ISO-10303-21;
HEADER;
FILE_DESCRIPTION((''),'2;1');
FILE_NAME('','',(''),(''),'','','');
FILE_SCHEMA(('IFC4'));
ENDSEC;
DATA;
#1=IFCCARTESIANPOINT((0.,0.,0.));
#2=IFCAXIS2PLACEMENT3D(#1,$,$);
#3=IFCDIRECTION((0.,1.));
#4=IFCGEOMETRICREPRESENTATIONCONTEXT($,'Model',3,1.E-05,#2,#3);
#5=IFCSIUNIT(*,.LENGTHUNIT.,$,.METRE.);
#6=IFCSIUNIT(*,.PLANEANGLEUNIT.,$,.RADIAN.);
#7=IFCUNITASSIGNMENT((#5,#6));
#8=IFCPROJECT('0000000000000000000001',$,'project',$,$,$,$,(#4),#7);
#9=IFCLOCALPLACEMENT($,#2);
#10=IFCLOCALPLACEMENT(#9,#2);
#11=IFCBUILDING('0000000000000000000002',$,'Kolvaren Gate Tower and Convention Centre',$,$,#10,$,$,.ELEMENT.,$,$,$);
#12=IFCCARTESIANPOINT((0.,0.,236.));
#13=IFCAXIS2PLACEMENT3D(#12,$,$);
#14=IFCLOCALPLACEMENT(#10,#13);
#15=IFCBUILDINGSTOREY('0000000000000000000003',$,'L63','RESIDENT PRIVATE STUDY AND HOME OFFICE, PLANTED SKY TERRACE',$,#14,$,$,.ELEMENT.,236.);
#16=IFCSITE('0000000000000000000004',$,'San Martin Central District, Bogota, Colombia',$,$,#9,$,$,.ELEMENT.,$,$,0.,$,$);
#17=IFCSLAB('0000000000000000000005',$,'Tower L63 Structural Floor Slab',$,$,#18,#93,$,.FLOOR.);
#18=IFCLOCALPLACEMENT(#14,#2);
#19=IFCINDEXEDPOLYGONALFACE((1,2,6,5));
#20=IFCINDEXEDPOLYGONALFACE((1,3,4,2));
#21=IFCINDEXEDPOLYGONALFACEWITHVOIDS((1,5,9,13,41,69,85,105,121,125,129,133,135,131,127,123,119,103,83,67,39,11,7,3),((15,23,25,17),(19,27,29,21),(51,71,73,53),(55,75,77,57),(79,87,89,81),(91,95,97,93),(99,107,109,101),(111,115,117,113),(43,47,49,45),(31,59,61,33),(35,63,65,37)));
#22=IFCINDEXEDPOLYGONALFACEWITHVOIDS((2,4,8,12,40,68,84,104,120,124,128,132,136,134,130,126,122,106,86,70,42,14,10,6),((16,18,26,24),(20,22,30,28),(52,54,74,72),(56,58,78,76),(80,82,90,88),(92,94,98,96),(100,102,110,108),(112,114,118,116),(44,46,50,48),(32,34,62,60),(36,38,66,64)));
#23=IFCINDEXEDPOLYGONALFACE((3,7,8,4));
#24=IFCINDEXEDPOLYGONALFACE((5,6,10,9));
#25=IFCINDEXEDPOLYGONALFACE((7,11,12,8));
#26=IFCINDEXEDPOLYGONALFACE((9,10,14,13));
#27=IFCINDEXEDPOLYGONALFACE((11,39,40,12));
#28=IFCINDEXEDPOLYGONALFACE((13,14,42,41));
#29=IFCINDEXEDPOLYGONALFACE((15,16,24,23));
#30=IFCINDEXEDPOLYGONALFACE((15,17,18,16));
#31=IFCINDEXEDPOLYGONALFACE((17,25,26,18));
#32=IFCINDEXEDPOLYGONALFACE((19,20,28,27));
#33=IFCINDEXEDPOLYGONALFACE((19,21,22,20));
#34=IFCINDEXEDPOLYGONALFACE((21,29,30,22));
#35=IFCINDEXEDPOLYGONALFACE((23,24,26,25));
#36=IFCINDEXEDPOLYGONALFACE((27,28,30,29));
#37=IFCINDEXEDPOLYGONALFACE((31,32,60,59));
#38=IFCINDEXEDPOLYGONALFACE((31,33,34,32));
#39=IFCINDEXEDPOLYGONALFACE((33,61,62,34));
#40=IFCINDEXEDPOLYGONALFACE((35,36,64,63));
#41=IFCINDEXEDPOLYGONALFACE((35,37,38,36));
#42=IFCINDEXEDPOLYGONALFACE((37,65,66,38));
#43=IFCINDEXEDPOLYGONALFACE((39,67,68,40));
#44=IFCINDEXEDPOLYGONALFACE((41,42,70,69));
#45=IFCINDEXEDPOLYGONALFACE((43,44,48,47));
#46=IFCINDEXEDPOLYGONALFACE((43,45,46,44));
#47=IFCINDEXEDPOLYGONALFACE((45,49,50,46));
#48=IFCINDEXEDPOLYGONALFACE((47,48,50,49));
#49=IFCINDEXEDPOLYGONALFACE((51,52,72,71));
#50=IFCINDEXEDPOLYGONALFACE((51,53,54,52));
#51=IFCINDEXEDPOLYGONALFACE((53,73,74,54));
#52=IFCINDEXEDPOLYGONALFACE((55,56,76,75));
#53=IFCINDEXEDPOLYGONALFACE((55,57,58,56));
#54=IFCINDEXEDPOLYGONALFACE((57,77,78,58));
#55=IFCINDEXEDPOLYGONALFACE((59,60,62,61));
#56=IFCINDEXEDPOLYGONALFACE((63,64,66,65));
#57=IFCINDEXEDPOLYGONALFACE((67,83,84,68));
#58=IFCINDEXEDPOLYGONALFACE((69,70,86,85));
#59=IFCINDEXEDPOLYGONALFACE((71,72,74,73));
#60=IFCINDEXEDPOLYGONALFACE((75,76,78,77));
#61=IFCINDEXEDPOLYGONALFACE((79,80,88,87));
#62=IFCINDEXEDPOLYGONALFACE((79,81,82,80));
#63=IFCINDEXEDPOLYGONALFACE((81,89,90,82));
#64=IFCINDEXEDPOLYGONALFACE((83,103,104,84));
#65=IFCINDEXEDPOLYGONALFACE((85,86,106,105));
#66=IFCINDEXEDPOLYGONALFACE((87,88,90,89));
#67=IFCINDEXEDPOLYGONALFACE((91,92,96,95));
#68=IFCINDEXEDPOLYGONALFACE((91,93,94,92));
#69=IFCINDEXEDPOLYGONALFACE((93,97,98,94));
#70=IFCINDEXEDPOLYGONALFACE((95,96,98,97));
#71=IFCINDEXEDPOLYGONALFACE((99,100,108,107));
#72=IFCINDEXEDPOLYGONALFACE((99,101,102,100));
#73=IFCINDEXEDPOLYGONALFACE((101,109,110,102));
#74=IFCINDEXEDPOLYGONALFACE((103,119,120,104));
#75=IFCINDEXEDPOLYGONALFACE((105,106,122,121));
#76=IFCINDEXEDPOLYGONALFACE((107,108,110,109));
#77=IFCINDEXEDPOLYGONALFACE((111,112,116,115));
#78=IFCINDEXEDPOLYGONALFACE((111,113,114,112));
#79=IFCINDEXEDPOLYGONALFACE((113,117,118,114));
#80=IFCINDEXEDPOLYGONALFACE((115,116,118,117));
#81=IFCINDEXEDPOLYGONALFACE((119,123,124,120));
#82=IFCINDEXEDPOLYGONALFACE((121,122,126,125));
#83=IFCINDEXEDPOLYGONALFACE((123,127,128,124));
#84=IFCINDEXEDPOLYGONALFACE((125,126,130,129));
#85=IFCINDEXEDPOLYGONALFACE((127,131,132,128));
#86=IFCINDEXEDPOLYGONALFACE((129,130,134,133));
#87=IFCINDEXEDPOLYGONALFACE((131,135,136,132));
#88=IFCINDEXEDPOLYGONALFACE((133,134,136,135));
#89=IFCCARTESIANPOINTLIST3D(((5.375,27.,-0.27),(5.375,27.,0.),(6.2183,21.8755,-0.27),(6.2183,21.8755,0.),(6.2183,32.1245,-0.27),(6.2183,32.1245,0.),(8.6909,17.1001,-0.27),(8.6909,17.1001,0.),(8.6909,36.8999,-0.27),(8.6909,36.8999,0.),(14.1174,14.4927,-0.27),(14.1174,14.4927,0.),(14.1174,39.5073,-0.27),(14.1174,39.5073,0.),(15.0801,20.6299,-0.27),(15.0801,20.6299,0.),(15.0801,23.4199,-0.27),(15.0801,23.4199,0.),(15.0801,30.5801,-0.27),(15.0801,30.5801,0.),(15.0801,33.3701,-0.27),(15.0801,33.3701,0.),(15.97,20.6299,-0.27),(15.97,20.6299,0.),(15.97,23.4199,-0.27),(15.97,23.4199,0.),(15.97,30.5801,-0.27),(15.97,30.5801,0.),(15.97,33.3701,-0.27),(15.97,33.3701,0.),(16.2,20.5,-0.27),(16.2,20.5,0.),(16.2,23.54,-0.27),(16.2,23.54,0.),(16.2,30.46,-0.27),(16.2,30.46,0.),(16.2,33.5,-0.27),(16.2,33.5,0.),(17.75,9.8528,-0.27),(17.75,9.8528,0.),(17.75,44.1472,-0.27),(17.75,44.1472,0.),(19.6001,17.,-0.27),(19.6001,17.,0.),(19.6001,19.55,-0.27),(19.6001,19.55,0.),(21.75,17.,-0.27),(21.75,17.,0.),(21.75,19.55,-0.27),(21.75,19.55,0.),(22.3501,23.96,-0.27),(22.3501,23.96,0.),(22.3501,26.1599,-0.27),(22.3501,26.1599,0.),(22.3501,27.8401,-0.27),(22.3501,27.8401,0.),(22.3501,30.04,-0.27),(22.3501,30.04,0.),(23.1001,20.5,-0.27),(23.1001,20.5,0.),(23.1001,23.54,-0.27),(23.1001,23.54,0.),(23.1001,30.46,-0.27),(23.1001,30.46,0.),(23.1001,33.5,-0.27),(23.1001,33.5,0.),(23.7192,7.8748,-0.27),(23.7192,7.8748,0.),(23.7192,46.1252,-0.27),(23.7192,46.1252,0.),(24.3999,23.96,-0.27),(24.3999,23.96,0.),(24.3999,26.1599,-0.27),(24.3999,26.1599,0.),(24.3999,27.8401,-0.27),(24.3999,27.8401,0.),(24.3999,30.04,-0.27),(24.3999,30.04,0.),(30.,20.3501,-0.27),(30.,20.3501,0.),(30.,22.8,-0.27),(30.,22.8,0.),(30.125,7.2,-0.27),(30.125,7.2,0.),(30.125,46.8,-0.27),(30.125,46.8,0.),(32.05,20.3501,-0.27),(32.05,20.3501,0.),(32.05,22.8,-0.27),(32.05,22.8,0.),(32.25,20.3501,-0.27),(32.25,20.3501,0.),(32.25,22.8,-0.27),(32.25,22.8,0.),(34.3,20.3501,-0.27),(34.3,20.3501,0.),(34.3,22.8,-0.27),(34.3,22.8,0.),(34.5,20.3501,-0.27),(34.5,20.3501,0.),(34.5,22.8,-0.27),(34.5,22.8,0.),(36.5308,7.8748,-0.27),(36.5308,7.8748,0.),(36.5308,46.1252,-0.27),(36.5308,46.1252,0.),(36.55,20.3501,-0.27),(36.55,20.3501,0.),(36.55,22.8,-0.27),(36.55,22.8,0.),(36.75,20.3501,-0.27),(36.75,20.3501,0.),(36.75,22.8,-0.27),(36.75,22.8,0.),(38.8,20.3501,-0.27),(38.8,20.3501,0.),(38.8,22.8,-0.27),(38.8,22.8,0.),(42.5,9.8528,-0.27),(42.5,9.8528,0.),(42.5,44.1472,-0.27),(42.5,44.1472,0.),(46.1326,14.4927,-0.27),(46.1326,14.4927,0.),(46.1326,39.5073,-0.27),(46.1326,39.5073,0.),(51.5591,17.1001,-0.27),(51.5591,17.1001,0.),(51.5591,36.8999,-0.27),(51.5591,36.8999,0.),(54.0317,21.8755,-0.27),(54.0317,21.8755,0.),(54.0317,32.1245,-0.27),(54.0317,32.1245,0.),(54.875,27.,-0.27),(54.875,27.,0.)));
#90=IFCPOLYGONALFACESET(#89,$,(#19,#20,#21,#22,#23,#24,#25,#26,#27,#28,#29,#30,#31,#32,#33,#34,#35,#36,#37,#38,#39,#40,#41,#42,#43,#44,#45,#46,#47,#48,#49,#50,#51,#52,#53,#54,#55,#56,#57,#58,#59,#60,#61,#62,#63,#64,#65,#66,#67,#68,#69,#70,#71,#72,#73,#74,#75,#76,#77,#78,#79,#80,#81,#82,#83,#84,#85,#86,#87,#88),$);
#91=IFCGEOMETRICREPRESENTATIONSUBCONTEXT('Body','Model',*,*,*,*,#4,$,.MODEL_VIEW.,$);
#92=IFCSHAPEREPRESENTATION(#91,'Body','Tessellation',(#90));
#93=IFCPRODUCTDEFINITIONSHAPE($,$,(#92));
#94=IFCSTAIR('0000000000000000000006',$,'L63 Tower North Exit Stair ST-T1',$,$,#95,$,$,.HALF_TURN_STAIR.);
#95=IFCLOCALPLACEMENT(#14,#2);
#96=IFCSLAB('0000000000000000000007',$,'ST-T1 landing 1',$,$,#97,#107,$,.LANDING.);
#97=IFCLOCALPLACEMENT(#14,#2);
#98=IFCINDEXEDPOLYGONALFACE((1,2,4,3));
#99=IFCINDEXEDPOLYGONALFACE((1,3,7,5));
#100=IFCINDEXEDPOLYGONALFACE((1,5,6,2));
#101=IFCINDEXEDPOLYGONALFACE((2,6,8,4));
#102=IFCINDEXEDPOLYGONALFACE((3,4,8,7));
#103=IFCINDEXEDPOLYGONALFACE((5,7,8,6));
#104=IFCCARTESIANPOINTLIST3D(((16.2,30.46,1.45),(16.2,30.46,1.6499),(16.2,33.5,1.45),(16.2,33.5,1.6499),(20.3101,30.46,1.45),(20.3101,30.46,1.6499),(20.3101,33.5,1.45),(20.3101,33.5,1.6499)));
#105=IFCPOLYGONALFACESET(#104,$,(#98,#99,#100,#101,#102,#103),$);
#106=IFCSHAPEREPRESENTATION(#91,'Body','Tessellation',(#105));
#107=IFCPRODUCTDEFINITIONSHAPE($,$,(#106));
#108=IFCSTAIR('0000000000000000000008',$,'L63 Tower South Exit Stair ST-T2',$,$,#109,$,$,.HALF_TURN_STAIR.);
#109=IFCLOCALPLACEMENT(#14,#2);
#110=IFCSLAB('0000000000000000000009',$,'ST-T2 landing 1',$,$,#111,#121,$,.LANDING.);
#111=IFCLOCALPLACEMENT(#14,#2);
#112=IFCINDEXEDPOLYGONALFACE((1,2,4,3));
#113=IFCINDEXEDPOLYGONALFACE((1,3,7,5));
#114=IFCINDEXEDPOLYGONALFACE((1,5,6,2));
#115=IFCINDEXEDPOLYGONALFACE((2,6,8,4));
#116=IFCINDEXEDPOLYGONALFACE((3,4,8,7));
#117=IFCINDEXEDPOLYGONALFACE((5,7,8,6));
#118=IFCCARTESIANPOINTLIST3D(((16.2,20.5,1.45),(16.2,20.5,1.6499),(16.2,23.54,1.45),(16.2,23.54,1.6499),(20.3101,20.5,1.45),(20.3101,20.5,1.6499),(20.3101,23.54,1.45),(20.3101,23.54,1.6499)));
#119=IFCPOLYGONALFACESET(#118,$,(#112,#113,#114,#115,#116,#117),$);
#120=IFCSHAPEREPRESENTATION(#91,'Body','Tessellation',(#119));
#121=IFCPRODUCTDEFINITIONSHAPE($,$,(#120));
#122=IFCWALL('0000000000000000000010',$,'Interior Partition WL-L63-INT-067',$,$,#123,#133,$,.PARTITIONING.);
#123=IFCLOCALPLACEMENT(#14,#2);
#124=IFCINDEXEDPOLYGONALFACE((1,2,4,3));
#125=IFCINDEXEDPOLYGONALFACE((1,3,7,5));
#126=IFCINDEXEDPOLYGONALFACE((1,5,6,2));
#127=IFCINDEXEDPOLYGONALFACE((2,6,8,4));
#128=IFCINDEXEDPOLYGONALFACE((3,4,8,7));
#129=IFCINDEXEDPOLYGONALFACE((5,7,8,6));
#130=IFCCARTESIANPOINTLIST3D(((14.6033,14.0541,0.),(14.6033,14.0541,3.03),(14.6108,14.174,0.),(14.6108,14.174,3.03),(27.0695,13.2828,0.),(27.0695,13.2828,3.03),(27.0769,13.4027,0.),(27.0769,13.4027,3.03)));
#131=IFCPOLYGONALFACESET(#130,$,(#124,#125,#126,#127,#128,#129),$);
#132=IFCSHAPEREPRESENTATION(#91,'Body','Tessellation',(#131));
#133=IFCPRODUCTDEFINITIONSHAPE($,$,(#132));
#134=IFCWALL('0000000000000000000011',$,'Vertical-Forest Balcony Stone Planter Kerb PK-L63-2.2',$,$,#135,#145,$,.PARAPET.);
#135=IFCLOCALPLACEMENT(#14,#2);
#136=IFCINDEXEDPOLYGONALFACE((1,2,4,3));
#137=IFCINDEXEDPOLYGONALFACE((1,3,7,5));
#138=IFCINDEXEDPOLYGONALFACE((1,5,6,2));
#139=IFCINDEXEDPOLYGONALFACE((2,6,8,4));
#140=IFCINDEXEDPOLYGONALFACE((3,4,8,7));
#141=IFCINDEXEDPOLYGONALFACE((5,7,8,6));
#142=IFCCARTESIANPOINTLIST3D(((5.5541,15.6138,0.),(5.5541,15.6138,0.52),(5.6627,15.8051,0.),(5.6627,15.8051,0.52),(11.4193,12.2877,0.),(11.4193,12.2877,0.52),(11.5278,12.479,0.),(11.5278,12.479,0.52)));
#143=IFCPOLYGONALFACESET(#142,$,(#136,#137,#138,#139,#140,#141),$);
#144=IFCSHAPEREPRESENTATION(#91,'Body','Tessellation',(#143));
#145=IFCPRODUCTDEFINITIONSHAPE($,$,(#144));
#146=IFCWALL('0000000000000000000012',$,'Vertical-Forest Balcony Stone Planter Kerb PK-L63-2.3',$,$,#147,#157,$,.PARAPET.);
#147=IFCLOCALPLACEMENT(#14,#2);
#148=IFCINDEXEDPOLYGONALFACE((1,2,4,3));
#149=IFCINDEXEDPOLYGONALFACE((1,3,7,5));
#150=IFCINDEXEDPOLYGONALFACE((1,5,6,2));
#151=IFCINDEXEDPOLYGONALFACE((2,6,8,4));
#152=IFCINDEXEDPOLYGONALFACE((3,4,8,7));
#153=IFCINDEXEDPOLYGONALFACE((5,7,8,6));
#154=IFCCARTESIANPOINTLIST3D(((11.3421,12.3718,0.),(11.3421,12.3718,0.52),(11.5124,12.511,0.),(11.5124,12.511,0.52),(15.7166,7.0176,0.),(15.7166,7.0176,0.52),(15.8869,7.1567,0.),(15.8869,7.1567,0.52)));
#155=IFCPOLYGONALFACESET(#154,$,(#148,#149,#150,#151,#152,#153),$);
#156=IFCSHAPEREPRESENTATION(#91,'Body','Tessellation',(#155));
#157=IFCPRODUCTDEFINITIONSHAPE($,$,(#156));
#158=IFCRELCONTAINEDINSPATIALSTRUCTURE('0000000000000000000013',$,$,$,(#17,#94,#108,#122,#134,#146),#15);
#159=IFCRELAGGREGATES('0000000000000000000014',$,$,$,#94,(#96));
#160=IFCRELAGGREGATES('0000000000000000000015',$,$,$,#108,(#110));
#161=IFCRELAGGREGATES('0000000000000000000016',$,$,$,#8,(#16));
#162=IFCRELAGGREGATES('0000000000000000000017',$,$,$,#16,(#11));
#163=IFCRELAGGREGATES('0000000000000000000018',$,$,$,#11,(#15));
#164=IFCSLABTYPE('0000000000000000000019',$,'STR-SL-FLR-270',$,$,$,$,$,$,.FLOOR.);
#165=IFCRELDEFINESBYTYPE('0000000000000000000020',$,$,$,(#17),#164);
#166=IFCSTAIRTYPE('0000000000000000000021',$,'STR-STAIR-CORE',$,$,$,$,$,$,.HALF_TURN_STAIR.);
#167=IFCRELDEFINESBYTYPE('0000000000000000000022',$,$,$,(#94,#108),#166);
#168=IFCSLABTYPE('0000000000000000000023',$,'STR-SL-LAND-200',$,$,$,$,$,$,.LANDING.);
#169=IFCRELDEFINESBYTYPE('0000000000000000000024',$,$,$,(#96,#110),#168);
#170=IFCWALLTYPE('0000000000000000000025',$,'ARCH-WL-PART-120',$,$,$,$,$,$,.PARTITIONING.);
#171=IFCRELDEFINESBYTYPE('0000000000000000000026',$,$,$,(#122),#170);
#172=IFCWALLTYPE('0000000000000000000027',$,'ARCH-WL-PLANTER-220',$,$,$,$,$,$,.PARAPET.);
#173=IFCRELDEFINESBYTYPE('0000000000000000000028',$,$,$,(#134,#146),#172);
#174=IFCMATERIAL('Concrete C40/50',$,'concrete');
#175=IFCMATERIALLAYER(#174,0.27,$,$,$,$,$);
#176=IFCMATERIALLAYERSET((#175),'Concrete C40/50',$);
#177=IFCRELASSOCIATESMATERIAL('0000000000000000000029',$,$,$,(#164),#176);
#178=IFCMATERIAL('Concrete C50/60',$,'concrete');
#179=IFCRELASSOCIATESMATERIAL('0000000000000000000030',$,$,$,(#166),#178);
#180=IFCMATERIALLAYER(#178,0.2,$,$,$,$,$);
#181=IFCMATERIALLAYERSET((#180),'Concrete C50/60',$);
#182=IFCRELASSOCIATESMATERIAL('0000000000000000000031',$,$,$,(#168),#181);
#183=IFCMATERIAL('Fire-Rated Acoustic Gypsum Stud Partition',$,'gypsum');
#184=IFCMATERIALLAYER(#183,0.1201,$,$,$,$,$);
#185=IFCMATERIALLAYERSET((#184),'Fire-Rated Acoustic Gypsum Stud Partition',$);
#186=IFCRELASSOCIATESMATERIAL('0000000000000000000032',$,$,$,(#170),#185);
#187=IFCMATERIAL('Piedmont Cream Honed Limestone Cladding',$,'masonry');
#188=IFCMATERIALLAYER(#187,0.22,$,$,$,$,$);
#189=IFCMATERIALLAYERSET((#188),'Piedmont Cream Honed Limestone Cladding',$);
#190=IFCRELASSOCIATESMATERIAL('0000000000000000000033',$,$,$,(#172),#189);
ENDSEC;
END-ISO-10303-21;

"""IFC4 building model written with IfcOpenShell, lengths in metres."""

from ifc_helpers import new_model, si_unit, direction, frame, frame_2d, origin, place, context, subcontext, project, spatial, polyline, rectangle, outline, extrude, material, layer, layer_set, type_object, element, aggregate, save


model = new_model("IFC4")

# Units and contexts
model_context = context("Model", 3, precision=1e-05, world=origin(), true_north=direction((0.0, 1.0)))
body_context = subcontext(model_context, "Body", "Model", "MODEL_VIEW")
ifc_project = project(units=[si_unit("LENGTHUNIT", "METRE"), si_unit("PLANEANGLEUNIT", "RADIAN")], contexts=[model_context])

# Site, building, storey
site_placement = place(None, origin())
site = spatial("IfcSite", under=ifc_project, at=site_placement, Name="San Martin Central District, Bogota, Colombia", CompositionType="ELEMENT", RefElevation=0.0)
building_placement = place(site_placement, origin())
building = spatial("IfcBuilding", under=site, at=building_placement, Name="Kolvaren Gate Tower and Convention Centre", CompositionType="ELEMENT")
storey_placement = place(building_placement, frame((0.0, 0.0, 236.0)))
storey = spatial("IfcBuildingStorey", under=building, at=storey_placement, Name="L63", Description="RESIDENT PRIVATE STUDY AND HOME OFFICE, PLANTED SKY TERRACE", CompositionType="ELEMENT", Elevation=236.0)

# Slab
ifc_material_1 = material(Name="Concrete C50/60", Category="concrete")
ifc_material_2 = material(Name="Concrete C40/50", Category="concrete")
ifc_layer_1 = layer(ifc_material_2, 0.27)
ifc_layer_set_1 = layer_set([ifc_layer_1], Name="Concrete C40/50")
slab_type_1 = type_object("IfcSlabType", Name="STR-SL-FLR-270", PredefinedType="FLOOR", material=ifc_layer_set_1)
slab_1_placement = place(storey_placement, frame((0.0, 0.0, -0.27)))
element("IfcSlab", 1, at=slab_1_placement, inside=storey, type_object=slab_type_1, Name="Tower L63 Structural Floor Slab", PredefinedType="FLOOR", context=body_context, shape_type="SweptSolid", body=[
    extrude(outline(polyline([(54.875, 27.0), (54.0317, 32.1245), (51.5591, 36.8999), (46.1326, 39.5073), (42.5, 44.1472), (36.5308, 46.1252), (30.125, 46.8), (23.7192, 46.1252), (17.75, 44.1472), (14.1174, 39.5073), (8.6909, 36.8999), (6.2183, 32.1245), (5.375, 27.0), (6.2183, 21.8755), (8.6909, 17.1001), (14.1174, 14.4927), (17.75, 9.8528), (23.7192, 7.8748), (30.125, 7.2), (36.5308, 7.8748), (42.5, 9.8528), (46.1326, 14.4927), (51.5591, 17.1001), (54.0317, 21.8755), (54.875, 27.0)]), holes=[polyline([(36.75, 20.3501), (36.75, 22.8), (38.8, 22.8), (38.8, 20.3501), (36.75, 20.3501)]), polyline([(36.55, 20.3501), (34.5, 20.3501), (34.5, 22.8), (36.55, 22.8), (36.55, 20.3501)]), polyline([(32.25, 20.3501), (32.25, 22.8), (34.3, 22.8), (34.3, 20.3501), (32.25, 20.3501)]), polyline([(30.0, 20.3501), (30.0, 22.8), (32.05, 22.8), (32.05, 20.3501), (30.0, 20.3501)]), polyline([(22.3501, 23.96), (22.3501, 26.1599), (24.3999, 26.1599), (24.3999, 23.96), (22.3501, 23.96)]), polyline([(22.3501, 27.8401), (22.3501, 30.04), (24.3999, 30.04), (24.3999, 27.8401), (22.3501, 27.8401)]), polyline([(16.2, 23.54), (23.1001, 23.54), (23.1001, 20.5), (16.2, 20.5), (16.2, 23.54)]), polyline([(16.2, 33.5), (23.1001, 33.5), (23.1001, 30.46), (16.2, 30.46), (16.2, 33.5)]), polyline([(21.75, 17.0), (19.6001, 17.0), (19.6001, 19.55), (21.75, 19.55), (21.75, 17.0)]), polyline([(15.0801, 30.5801), (15.0801, 33.3701), (15.97, 33.3701), (15.97, 30.5801), (15.0801, 30.5801)]), polyline([(15.97, 20.6299), (15.0801, 20.6299), (15.0801, 23.4199), (15.97, 23.4199), (15.97, 20.6299)])]), origin(), (0.0, 0.0, 1.0), 0.27),
])

# Stairs, slabs
stair_type = type_object("IfcStairType", Name="STR-STAIR-CORE", PredefinedType="HALF_TURN_STAIR", material=ifc_material_1)
stair_1_placement = place(storey_placement, origin())
stair_1 = element("IfcStair", 2, at=stair_1_placement, inside=storey, type_object=stair_type, Name="L63 Tower North Exit Stair ST-T1", PredefinedType="HALF_TURN_STAIR")
ifc_layer_2 = layer(ifc_material_1, 0.2)
ifc_layer_set_2 = layer_set([ifc_layer_2], Name="Concrete C50/60")
slab_type_2 = type_object("IfcSlabType", Name="STR-SL-LAND-200", PredefinedType="LANDING", material=ifc_layer_set_2)
slab_2_placement = place(storey_placement, frame((0.0, 0.0, 1.45)))
slab_2 = element("IfcSlab", 3, at=slab_2_placement, type_object=slab_type_2, Name="ST-T1 landing 1", PredefinedType="LANDING", context=body_context, shape_type="SweptSolid", body=[
    extrude(outline(polyline([(20.3101, 33.5), (16.2, 33.5), (16.2, 30.46), (20.3101, 30.46), (20.3101, 33.5)])), origin(), (0.0, 0.0, 1.0), 0.2),
])
aggregate(stair_1, [slab_2])
stair_2_placement = place(storey_placement, origin())
stair_2 = element("IfcStair", 4, at=stair_2_placement, inside=storey, type_object=stair_type, Name="L63 Tower South Exit Stair ST-T2", PredefinedType="HALF_TURN_STAIR")
slab_3_placement = place(storey_placement, frame((0.0, 0.0, 1.45)))
slab_3 = element("IfcSlab", 5, at=slab_3_placement, type_object=slab_type_2, Name="ST-T2 landing 1", PredefinedType="LANDING", context=body_context, shape_type="SweptSolid", body=[
    extrude(outline(polyline([(20.3101, 23.54), (16.2, 23.54), (16.2, 20.5), (20.3101, 20.5), (20.3101, 23.54)])), origin(), (0.0, 0.0, 1.0), 0.2),
])
aggregate(stair_2, [slab_3])

# Walls
ifc_material_3 = material(Name="Fire-Rated Acoustic Gypsum Stud Partition", Category="gypsum")
ifc_layer_3 = layer(ifc_material_3, 0.1201)
ifc_layer_set_3 = layer_set([ifc_layer_3], Name="Fire-Rated Acoustic Gypsum Stud Partition")
wall_type_1 = type_object("IfcWallType", Name="ARCH-WL-PART-120", PredefinedType="PARTITIONING", material=ifc_layer_set_3)
wall_1_placement = place(storey_placement, frame((14.6069, 14.114, 0.0), z_axis=(0.0, 0.0, 1.0), x_axis=(0.998092, -0.061749, 0.0)))
element("IfcWall", 6, at=wall_1_placement, inside=storey, type_object=wall_type_1, Name="Interior Partition WL-L63-INT-067", PredefinedType="PARTITIONING", context=body_context, shape_type="SweptSolid", body=[
    extrude(rectangle(XDim=12.49, YDim=0.1201, at=frame_2d((6.2451, 0.0))), origin(), (0.0, 0.0, 1.0), 3.03),
])
ifc_material_4 = material(Name="Piedmont Cream Honed Limestone Cladding", Category="masonry")
ifc_layer_4 = layer(ifc_material_4, 0.22)
ifc_layer_set_4 = layer_set([ifc_layer_4], Name="Piedmont Cream Honed Limestone Cladding")
wall_type_2 = type_object("IfcWallType", Name="ARCH-WL-PLANTER-220", PredefinedType="PARAPET", material=ifc_layer_set_4)
wall_2_placement = place(storey_placement, frame((5.6084, 15.7095, 0.0), z_axis=(0.0, 0.0, 1.0), x_axis=(0.869861, -0.493298, 0.0)))
element("IfcWall", 7, at=wall_2_placement, inside=storey, type_object=wall_type_2, Name="Vertical-Forest Balcony Stone Planter Kerb PK-L63-2.2", PredefinedType="PARAPET", context=body_context, shape_type="SweptSolid", body=[
    extrude(rectangle(XDim=6.7427, YDim=0.22, at=frame_2d((3.3713, 0.0))), origin(), (0.0, 0.0, 1.0), 0.52),
])
wall_3_placement = place(storey_placement, frame((11.4272, 12.4414, 0.0), z_axis=(0.0, 0.0, 1.0), x_axis=(0.632697, -0.774399, 0.0)))
element("IfcWall", 8, at=wall_3_placement, inside=storey, type_object=wall_type_2, Name="Vertical-Forest Balcony Stone Planter Kerb PK-L63-2.3", PredefinedType="PARAPET", context=body_context, shape_type="SweptSolid", body=[
    extrude(rectangle(XDim=6.9141, YDim=0.22, at=frame_2d((3.457, 0.0))), origin(), (0.0, 0.0, 1.0), 0.52),
])

save(model, "model.ifc")
